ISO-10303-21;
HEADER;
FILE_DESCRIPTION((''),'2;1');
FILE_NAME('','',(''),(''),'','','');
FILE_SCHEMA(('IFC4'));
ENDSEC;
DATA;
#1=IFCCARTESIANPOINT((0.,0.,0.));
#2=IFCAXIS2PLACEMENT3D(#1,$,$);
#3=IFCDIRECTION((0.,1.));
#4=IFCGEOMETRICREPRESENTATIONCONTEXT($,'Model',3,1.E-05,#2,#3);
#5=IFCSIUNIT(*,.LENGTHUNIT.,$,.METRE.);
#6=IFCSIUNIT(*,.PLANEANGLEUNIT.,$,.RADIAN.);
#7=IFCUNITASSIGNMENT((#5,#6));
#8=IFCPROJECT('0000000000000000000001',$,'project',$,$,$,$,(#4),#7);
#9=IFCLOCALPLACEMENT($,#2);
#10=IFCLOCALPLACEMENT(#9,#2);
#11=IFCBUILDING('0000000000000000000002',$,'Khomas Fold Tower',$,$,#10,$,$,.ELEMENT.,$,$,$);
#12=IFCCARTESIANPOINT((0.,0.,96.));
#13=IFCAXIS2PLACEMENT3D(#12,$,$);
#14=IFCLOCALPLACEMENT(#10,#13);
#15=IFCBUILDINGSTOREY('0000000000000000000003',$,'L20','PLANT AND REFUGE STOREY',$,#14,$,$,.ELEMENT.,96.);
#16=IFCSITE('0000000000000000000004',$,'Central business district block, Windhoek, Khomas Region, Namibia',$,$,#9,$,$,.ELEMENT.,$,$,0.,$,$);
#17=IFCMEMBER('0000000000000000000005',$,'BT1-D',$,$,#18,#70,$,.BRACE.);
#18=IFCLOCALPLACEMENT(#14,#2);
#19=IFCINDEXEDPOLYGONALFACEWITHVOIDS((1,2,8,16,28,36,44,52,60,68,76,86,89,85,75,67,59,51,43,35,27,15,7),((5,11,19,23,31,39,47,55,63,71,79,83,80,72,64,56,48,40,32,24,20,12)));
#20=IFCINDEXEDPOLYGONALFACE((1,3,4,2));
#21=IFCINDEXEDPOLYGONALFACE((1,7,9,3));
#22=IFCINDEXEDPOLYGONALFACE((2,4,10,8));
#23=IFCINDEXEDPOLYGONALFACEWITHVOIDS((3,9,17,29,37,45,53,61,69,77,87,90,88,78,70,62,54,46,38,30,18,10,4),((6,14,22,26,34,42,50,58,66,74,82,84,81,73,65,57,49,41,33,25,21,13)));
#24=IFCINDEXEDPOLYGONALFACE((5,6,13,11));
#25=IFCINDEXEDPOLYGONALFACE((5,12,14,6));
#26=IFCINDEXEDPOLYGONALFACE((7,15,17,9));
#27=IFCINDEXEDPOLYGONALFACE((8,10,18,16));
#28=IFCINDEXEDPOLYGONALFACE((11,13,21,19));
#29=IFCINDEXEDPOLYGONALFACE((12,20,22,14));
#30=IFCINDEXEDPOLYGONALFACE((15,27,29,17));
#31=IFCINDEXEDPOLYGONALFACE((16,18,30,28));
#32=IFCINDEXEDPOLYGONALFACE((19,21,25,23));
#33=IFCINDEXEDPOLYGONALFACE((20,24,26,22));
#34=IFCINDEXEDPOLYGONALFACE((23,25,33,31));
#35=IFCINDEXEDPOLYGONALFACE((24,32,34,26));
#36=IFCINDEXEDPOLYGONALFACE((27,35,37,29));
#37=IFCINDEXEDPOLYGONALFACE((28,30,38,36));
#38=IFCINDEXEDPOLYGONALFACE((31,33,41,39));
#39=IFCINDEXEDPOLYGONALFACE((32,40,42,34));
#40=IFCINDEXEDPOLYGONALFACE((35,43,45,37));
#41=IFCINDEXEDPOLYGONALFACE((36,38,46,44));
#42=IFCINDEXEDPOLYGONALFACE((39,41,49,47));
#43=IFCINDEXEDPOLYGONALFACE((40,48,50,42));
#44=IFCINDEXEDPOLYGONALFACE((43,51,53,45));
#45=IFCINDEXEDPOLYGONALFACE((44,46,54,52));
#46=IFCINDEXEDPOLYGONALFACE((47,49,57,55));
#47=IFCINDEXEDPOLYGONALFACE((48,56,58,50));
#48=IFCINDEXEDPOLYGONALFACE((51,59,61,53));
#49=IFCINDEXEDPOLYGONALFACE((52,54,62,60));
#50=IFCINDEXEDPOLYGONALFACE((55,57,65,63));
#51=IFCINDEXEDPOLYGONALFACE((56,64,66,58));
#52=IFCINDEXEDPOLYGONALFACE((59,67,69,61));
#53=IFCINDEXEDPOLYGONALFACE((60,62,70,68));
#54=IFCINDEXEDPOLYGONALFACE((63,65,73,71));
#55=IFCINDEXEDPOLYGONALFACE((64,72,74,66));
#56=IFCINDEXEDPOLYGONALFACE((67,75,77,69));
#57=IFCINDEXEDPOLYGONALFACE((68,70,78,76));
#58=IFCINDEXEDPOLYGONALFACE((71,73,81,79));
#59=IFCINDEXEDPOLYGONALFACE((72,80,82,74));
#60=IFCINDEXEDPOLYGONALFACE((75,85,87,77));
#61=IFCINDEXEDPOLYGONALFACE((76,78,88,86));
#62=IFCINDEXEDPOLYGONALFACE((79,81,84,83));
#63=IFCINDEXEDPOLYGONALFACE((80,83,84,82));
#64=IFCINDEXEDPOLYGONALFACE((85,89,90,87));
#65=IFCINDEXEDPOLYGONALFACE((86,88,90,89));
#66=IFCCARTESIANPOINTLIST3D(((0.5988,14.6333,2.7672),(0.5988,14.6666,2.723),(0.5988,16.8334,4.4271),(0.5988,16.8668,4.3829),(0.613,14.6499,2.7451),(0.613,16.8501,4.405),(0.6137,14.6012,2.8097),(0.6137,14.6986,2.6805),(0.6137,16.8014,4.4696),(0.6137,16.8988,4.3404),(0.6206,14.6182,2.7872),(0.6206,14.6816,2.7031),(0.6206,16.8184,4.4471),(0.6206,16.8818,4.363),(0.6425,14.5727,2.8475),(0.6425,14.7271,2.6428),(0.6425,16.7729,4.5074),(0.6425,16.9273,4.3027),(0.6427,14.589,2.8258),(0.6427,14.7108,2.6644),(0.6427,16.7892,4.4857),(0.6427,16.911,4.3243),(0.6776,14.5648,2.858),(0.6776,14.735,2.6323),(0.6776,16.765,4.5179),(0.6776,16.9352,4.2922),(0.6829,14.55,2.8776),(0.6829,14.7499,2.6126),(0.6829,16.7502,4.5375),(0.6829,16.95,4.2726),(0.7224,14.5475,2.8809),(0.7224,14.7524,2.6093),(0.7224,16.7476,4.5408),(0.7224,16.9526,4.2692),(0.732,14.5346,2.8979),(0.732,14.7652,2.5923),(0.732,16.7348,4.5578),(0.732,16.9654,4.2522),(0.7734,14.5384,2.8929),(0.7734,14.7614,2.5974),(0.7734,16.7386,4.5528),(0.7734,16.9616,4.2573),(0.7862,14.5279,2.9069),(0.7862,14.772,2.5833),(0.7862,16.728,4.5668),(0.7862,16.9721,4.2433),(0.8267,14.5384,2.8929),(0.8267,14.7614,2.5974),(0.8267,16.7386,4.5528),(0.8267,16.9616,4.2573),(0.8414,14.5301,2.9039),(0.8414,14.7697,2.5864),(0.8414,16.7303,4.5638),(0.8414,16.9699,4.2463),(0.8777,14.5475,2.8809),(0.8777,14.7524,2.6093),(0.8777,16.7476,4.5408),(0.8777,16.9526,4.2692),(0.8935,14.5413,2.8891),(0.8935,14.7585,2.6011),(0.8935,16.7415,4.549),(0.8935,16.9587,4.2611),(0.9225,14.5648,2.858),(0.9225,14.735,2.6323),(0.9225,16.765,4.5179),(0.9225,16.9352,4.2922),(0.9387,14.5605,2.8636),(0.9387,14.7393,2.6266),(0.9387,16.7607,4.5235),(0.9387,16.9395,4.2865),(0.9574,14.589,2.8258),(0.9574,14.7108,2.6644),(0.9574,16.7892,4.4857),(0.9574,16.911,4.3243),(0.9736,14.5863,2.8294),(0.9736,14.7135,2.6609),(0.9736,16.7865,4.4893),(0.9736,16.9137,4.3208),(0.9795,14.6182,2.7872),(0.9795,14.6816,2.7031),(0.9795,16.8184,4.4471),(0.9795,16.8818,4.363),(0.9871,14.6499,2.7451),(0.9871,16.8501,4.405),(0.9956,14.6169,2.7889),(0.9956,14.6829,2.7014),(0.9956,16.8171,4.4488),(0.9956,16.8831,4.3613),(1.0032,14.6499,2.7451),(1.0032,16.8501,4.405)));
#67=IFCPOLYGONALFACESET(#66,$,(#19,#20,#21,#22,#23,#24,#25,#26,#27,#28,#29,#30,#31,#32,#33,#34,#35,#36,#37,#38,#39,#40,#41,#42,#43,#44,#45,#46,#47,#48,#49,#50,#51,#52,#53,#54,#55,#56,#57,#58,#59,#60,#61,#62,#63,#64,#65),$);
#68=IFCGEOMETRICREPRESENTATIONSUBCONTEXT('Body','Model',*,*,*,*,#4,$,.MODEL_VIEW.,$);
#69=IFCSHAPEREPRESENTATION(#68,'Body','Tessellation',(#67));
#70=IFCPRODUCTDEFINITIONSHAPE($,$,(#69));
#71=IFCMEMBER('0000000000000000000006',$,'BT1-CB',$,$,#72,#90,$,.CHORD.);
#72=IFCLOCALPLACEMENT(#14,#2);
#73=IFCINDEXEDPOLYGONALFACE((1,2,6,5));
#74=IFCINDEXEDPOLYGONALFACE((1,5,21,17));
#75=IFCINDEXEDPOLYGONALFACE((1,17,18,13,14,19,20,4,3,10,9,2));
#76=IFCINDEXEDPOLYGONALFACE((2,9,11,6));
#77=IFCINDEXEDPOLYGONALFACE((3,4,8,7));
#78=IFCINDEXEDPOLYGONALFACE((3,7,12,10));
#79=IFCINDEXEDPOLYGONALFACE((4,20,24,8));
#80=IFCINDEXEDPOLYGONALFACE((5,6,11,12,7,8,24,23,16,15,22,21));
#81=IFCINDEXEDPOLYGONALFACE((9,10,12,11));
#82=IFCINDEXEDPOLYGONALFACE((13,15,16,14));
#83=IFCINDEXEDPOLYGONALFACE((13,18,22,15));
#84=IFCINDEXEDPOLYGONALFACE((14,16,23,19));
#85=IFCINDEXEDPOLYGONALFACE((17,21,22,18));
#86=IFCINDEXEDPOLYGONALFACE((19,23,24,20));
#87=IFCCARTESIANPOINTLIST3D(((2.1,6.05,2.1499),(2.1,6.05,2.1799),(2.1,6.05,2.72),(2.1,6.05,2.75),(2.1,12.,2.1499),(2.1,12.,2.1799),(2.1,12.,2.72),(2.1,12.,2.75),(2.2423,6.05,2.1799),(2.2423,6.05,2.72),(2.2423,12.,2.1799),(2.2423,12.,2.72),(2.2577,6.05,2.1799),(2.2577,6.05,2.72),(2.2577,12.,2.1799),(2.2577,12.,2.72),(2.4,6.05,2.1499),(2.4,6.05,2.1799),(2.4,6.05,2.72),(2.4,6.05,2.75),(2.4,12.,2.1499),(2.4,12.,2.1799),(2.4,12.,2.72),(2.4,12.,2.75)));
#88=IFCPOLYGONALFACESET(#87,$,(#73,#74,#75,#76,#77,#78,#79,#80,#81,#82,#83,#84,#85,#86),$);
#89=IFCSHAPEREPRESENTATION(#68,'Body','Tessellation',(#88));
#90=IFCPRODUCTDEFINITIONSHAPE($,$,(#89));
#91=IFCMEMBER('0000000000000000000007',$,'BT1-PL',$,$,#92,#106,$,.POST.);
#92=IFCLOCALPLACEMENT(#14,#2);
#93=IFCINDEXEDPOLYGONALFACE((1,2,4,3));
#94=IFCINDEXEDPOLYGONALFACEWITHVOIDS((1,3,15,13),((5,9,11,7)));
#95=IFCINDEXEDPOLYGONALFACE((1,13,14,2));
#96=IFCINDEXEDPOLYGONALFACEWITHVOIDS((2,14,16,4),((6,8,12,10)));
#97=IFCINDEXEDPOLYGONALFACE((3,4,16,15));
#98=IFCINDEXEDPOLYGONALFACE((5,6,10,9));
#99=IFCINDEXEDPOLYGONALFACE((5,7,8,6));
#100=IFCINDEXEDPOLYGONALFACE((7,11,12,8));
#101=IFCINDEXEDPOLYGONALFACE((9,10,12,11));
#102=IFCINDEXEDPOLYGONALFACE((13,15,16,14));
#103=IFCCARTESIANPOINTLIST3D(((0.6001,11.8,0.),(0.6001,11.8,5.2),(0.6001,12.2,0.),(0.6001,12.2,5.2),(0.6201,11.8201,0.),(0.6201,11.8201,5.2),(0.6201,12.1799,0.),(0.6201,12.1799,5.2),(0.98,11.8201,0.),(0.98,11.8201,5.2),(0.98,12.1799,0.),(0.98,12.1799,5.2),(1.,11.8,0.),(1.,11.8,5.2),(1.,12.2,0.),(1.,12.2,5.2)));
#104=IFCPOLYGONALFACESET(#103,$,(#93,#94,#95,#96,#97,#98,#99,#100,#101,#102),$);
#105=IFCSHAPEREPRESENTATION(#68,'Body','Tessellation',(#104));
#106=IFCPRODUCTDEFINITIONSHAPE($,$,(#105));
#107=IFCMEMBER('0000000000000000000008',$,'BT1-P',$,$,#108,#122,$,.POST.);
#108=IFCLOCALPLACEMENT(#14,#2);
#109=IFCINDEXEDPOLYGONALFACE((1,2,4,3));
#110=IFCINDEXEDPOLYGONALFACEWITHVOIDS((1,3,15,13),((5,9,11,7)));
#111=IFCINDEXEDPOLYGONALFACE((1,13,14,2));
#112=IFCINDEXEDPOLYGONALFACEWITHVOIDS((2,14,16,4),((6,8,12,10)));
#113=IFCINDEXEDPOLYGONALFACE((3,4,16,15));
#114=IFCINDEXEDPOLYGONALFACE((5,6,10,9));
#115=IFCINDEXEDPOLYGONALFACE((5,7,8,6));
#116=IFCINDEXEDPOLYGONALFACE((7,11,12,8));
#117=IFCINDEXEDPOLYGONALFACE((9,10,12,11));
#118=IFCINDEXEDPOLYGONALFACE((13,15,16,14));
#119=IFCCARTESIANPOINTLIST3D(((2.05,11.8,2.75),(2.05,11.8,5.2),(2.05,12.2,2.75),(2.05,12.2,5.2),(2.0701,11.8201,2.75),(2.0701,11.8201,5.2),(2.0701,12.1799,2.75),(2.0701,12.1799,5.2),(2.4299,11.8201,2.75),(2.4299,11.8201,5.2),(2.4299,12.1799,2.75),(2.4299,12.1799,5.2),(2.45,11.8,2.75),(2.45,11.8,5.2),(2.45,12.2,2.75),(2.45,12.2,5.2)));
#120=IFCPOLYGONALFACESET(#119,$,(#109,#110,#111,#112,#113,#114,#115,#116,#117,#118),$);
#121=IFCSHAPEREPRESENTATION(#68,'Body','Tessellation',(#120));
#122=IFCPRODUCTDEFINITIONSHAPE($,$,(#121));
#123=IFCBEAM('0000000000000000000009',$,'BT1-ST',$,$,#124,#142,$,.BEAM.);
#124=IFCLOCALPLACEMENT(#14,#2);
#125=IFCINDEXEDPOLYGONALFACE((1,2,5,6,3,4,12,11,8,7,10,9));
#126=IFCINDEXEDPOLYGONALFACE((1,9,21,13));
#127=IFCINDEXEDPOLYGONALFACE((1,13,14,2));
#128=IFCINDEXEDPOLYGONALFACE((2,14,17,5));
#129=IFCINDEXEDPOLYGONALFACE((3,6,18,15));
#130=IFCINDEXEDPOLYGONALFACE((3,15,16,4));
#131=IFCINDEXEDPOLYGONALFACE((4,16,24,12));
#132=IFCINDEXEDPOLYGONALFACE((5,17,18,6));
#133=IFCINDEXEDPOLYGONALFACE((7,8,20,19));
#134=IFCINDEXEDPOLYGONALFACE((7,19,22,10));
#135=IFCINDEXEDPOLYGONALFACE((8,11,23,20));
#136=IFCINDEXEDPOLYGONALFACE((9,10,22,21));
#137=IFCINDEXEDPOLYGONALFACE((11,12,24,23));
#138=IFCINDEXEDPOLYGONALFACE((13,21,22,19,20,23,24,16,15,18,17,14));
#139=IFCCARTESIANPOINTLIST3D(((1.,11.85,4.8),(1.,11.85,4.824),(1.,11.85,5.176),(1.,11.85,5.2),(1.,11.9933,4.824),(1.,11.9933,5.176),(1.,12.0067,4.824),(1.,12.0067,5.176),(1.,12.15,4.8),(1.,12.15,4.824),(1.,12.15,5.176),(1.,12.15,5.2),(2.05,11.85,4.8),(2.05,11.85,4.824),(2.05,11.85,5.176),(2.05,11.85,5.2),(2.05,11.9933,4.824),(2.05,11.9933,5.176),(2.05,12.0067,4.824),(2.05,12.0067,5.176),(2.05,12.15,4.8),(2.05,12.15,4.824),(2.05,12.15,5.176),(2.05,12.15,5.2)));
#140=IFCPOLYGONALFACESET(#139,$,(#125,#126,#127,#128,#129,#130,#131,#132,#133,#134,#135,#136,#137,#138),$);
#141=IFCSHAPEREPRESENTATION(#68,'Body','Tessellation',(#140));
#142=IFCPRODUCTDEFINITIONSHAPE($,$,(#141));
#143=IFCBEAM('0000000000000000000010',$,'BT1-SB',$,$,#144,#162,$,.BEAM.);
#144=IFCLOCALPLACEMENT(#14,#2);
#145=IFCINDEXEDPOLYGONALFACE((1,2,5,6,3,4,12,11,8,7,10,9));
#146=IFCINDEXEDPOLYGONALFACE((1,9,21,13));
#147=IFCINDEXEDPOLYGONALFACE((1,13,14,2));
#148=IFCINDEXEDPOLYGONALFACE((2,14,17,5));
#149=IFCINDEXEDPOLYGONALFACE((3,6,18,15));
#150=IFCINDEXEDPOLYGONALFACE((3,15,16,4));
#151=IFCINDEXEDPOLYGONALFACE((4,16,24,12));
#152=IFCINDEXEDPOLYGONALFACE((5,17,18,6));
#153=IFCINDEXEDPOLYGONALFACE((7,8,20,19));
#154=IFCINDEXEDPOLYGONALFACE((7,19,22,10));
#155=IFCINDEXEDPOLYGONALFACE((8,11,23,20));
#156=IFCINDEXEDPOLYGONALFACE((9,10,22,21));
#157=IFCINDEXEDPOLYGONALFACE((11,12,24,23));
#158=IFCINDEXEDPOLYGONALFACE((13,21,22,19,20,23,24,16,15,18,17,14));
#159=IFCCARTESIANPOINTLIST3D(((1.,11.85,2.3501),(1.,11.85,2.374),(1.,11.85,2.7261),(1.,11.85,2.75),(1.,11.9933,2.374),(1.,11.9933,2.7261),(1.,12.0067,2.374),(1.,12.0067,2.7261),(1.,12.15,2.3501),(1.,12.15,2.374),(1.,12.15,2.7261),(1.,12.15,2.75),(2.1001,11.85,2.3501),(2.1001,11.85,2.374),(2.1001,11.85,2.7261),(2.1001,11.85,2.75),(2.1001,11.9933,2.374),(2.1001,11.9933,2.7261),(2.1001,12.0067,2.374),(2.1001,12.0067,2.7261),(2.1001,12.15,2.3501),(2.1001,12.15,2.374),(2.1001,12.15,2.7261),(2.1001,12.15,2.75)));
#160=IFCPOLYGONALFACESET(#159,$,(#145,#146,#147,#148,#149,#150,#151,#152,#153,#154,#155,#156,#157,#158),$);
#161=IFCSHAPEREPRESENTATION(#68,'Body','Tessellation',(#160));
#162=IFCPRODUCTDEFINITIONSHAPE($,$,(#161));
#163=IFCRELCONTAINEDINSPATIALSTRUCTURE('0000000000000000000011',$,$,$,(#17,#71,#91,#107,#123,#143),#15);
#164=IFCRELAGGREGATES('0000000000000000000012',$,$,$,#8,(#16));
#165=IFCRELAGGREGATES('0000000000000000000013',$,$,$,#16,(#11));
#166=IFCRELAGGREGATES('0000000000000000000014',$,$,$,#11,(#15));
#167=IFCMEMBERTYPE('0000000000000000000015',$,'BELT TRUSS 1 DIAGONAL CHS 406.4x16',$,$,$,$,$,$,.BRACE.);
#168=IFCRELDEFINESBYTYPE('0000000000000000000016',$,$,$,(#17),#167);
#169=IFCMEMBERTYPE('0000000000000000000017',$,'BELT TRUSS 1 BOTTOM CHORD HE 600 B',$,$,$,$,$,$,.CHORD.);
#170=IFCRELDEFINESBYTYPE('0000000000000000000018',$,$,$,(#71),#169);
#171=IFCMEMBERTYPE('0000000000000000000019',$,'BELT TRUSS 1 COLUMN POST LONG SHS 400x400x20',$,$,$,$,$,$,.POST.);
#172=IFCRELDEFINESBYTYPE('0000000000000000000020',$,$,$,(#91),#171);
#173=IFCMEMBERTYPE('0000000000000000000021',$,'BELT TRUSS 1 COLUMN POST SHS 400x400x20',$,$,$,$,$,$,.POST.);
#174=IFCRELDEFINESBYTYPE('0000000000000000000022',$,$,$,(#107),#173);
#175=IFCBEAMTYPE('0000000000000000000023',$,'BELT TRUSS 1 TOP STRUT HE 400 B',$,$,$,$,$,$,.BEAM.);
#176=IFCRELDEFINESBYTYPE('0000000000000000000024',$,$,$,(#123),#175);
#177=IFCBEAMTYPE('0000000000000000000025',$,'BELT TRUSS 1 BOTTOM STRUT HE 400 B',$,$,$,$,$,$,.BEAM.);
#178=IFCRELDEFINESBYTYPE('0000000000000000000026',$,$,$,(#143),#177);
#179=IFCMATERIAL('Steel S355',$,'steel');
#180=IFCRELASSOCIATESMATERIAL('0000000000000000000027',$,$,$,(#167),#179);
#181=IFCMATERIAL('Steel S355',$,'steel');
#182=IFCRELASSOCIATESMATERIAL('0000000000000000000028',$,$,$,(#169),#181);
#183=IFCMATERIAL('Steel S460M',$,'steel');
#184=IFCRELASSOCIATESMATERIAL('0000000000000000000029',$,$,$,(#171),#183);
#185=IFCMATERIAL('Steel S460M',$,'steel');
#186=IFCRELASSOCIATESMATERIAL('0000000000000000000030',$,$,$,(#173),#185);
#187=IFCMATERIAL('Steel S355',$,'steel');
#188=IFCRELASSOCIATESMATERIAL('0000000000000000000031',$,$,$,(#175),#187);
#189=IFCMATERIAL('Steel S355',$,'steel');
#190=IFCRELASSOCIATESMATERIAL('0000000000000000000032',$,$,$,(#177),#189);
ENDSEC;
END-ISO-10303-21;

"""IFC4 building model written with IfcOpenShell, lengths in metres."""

from ifc_helpers import new_model, si_unit, direction, frame, origin, origin_2d, place, context, subcontext, project, spatial, hollow_rectangle, hollow_circle, i_section, extrude, source, transform, mapped, material, material_profile, profile_set, type_object, element, save


model = new_model("IFC4")

# Units and contexts
model_context = context("Model", 3, precision=1e-05, world=origin(), true_north=direction((0.0, 1.0)))
body_context = subcontext(model_context, "Body", "Model", "MODEL_VIEW")
ifc_project = project(units=[si_unit("LENGTHUNIT", "METRE"), si_unit("PLANEANGLEUNIT", "RADIAN")], contexts=[model_context])

# Site, building, storey
site_placement = place(None, origin())
site = spatial("IfcSite", under=ifc_project, at=site_placement, Name="Central business district block, Windhoek, Khomas Region, Namibia", CompositionType="ELEMENT", RefElevation=0.0)
building_placement = place(site_placement, origin())
building = spatial("IfcBuilding", under=site, at=building_placement, Name="Khomas Fold Tower", CompositionType="ELEMENT")
storey_placement = place(building_placement, frame((0.0, 0.0, 96.0)))
storey = spatial("IfcBuildingStorey", under=building, at=storey_placement, Name="L20", Description="PLANT AND REFUGE STOREY", CompositionType="ELEMENT", Elevation=96.0)

# Members
ifc_material_1 = material(Name="Steel S355", Category="steel")
ifc_material_profile_1 = material_profile(ifc_material_1, hollow_circle(Radius=0.2031, WallThickness=0.0161, at=origin_2d()), Name="CHS 406.4x16")
ifc_profile_set_1 = profile_set([ifc_material_profile_1], Name="Steel S355")
member_type_1 = type_object("IfcMemberType", Name="BELT TRUSS 1 DIAGONAL CHS 406.4x16", PredefinedType="BRACE", material=ifc_profile_set_1)
shared_shape_1 = source(origin(), body_context, "Body", "SweptSolid", [
    extrude(hollow_circle(Radius=0.2031, WallThickness=0.0161, at=origin_2d()), origin(), (0.0, 0.0, 1.0), 2.7561),
])
member_1_placement = place(storey_placement, frame((0.8, 16.8501, 4.405), z_axis=(0.0, -0.798296, -0.602265), x_axis=(1.0, 0.0, 0.0)))
element("IfcMember", 1, at=member_1_placement, inside=storey, type_object=member_type_1, Name="BT1-D", PredefinedType="BRACE", context=body_context, shape_type="MappedRepresentation", body=[
    mapped(shared_shape_1, transform((0.0, 0.0, 0.0))),
])
ifc_material_2 = material(Name="Steel S355", Category="steel")
ifc_material_profile_2 = material_profile(ifc_material_2, i_section(OverallWidth=0.3, OverallDepth=0.6001, WebThickness=0.0154, FlangeThickness=0.03, at=origin_2d()), Name="HE 600 B")
ifc_profile_set_2 = profile_set([ifc_material_profile_2], Name="Steel S355")
member_type_2 = type_object("IfcMemberType", Name="BELT TRUSS 1 BOTTOM CHORD HE 600 B", PredefinedType="CHORD", material=ifc_profile_set_2)
shared_shape_2 = source(origin(), body_context, "Body", "SweptSolid", [
    extrude(i_section(OverallWidth=0.3, OverallDepth=0.6001, WebThickness=0.0154, FlangeThickness=0.03, at=origin_2d()), origin(), (0.0, 0.0, 1.0), 5.95),
])
member_2_placement = place(storey_placement, frame((2.25, 12.0, 2.45), z_axis=(0.0, -1.0, 0.0), x_axis=(1.0, 0.0, 0.0)))
element("IfcMember", 2, at=member_2_placement, inside=storey, type_object=member_type_2, Name="BT1-CB", PredefinedType="CHORD", context=body_context, shape_type="MappedRepresentation", body=[
    mapped(shared_shape_2, transform((0.0, 0.0, 0.0))),
])
ifc_material_3 = material(Name="Steel S460M", Category="steel")
ifc_material_profile_3 = material_profile(ifc_material_3, hollow_rectangle(XDim=0.3999, YDim=0.3999, WallThickness=0.02, at=origin_2d()), Name="SHS 400x400x20")
ifc_profile_set_3 = profile_set([ifc_material_profile_3], Name="Steel S460M")
member_type_3 = type_object("IfcMemberType", Name="BELT TRUSS 1 COLUMN POST LONG SHS 400x400x20", PredefinedType="POST", material=ifc_profile_set_3)
shared_shape_3 = source(origin(), body_context, "Body", "SweptSolid", [
    extrude(hollow_rectangle(XDim=0.3999, YDim=0.3999, WallThickness=0.02, at=origin_2d()), origin(), (0.0, 0.0, 1.0), 5.2),
])
member_3_placement = place(storey_placement, frame((0.8, 12.0, 0.0), z_axis=(0.0, 0.0, 1.0), x_axis=(1.0, 0.0, 0.0)))
element("IfcMember", 3, at=member_3_placement, inside=storey, type_object=member_type_3, Name="BT1-PL", PredefinedType="POST", context=body_context, shape_type="MappedRepresentation", body=[
    mapped(shared_shape_3, transform((0.0, 0.0, 0.0))),
])
ifc_material_4 = material(Name="Steel S460M", Category="steel")
ifc_material_profile_4 = material_profile(ifc_material_4, hollow_rectangle(XDim=0.3999, YDim=0.3999, WallThickness=0.02, at=origin_2d()), Name="SHS 400x400x20")
ifc_profile_set_4 = profile_set([ifc_material_profile_4], Name="Steel S460M")
member_type_4 = type_object("IfcMemberType", Name="BELT TRUSS 1 COLUMN POST SHS 400x400x20", PredefinedType="POST", material=ifc_profile_set_4)
shared_shape_4 = source(origin(), body_context, "Body", "SweptSolid", [
    extrude(hollow_rectangle(XDim=0.3999, YDim=0.3999, WallThickness=0.02, at=origin_2d()), origin(), (0.0, 0.0, 1.0), 2.45),
])
member_4_placement = place(storey_placement, frame((2.25, 12.0, 2.75), z_axis=(0.0, 0.0, 1.0), x_axis=(1.0, 0.0, 0.0)))
element("IfcMember", 4, at=member_4_placement, inside=storey, type_object=member_type_4, Name="BT1-P", PredefinedType="POST", context=body_context, shape_type="MappedRepresentation", body=[
    mapped(shared_shape_4, transform((0.0, 0.0, 0.0))),
])

# Beams
ifc_material_5 = material(Name="Steel S355", Category="steel")
ifc_material_profile_5 = material_profile(ifc_material_5, i_section(OverallWidth=0.3, OverallDepth=0.3999, WebThickness=0.0134, FlangeThickness=0.0239, at=origin_2d()), Name="HE 400 B")
ifc_profile_set_5 = profile_set([ifc_material_profile_5], Name="Steel S355")
beam_type_1 = type_object("IfcBeamType", Name="BELT TRUSS 1 TOP STRUT HE 400 B", PredefinedType="BEAM", material=ifc_profile_set_5)
shared_shape_5 = source(origin(), body_context, "Body", "SweptSolid", [
    extrude(i_section(OverallWidth=0.3, OverallDepth=0.3999, WebThickness=0.0134, FlangeThickness=0.0239, at=origin_2d()), origin(), (0.0, 0.0, 1.0), 1.05),
])
beam_1_placement = place(storey_placement, frame((2.05, 12.0, 5.0), z_axis=(-1.0, 0.0, 0.0), x_axis=(0.0, -1.0, 0.0)))
element("IfcBeam", 5, at=beam_1_placement, inside=storey, type_object=beam_type_1, Name="BT1-ST", PredefinedType="BEAM", context=body_context, shape_type="MappedRepresentation", body=[
    mapped(shared_shape_5, transform((0.0, 0.0, 0.0))),
])
ifc_material_6 = material(Name="Steel S355", Category="steel")
ifc_material_profile_6 = material_profile(ifc_material_6, i_section(OverallWidth=0.3, OverallDepth=0.3999, WebThickness=0.0134, FlangeThickness=0.0239, at=origin_2d()), Name="HE 400 B")
ifc_profile_set_6 = profile_set([ifc_material_profile_6], Name="Steel S355")
beam_type_2 = type_object("IfcBeamType", Name="BELT TRUSS 1 BOTTOM STRUT HE 400 B", PredefinedType="BEAM", material=ifc_profile_set_6)
shared_shape_6 = source(origin(), body_context, "Body", "SweptSolid", [
    extrude(i_section(OverallWidth=0.3, OverallDepth=0.3999, WebThickness=0.0134, FlangeThickness=0.0239, at=origin_2d()), origin(), (0.0, 0.0, 1.0), 1.1001),
])
beam_2_placement = place(storey_placement, frame((2.1001, 12.0, 2.55), z_axis=(-1.0, 0.0, 0.0), x_axis=(0.0, -1.0, 0.0)))
element("IfcBeam", 6, at=beam_2_placement, inside=storey, type_object=beam_type_2, Name="BT1-SB", PredefinedType="BEAM", context=body_context, shape_type="MappedRepresentation", body=[
    mapped(shared_shape_6, transform((0.0, 0.0, 0.0))),
])

save(model, "model.ifc")
